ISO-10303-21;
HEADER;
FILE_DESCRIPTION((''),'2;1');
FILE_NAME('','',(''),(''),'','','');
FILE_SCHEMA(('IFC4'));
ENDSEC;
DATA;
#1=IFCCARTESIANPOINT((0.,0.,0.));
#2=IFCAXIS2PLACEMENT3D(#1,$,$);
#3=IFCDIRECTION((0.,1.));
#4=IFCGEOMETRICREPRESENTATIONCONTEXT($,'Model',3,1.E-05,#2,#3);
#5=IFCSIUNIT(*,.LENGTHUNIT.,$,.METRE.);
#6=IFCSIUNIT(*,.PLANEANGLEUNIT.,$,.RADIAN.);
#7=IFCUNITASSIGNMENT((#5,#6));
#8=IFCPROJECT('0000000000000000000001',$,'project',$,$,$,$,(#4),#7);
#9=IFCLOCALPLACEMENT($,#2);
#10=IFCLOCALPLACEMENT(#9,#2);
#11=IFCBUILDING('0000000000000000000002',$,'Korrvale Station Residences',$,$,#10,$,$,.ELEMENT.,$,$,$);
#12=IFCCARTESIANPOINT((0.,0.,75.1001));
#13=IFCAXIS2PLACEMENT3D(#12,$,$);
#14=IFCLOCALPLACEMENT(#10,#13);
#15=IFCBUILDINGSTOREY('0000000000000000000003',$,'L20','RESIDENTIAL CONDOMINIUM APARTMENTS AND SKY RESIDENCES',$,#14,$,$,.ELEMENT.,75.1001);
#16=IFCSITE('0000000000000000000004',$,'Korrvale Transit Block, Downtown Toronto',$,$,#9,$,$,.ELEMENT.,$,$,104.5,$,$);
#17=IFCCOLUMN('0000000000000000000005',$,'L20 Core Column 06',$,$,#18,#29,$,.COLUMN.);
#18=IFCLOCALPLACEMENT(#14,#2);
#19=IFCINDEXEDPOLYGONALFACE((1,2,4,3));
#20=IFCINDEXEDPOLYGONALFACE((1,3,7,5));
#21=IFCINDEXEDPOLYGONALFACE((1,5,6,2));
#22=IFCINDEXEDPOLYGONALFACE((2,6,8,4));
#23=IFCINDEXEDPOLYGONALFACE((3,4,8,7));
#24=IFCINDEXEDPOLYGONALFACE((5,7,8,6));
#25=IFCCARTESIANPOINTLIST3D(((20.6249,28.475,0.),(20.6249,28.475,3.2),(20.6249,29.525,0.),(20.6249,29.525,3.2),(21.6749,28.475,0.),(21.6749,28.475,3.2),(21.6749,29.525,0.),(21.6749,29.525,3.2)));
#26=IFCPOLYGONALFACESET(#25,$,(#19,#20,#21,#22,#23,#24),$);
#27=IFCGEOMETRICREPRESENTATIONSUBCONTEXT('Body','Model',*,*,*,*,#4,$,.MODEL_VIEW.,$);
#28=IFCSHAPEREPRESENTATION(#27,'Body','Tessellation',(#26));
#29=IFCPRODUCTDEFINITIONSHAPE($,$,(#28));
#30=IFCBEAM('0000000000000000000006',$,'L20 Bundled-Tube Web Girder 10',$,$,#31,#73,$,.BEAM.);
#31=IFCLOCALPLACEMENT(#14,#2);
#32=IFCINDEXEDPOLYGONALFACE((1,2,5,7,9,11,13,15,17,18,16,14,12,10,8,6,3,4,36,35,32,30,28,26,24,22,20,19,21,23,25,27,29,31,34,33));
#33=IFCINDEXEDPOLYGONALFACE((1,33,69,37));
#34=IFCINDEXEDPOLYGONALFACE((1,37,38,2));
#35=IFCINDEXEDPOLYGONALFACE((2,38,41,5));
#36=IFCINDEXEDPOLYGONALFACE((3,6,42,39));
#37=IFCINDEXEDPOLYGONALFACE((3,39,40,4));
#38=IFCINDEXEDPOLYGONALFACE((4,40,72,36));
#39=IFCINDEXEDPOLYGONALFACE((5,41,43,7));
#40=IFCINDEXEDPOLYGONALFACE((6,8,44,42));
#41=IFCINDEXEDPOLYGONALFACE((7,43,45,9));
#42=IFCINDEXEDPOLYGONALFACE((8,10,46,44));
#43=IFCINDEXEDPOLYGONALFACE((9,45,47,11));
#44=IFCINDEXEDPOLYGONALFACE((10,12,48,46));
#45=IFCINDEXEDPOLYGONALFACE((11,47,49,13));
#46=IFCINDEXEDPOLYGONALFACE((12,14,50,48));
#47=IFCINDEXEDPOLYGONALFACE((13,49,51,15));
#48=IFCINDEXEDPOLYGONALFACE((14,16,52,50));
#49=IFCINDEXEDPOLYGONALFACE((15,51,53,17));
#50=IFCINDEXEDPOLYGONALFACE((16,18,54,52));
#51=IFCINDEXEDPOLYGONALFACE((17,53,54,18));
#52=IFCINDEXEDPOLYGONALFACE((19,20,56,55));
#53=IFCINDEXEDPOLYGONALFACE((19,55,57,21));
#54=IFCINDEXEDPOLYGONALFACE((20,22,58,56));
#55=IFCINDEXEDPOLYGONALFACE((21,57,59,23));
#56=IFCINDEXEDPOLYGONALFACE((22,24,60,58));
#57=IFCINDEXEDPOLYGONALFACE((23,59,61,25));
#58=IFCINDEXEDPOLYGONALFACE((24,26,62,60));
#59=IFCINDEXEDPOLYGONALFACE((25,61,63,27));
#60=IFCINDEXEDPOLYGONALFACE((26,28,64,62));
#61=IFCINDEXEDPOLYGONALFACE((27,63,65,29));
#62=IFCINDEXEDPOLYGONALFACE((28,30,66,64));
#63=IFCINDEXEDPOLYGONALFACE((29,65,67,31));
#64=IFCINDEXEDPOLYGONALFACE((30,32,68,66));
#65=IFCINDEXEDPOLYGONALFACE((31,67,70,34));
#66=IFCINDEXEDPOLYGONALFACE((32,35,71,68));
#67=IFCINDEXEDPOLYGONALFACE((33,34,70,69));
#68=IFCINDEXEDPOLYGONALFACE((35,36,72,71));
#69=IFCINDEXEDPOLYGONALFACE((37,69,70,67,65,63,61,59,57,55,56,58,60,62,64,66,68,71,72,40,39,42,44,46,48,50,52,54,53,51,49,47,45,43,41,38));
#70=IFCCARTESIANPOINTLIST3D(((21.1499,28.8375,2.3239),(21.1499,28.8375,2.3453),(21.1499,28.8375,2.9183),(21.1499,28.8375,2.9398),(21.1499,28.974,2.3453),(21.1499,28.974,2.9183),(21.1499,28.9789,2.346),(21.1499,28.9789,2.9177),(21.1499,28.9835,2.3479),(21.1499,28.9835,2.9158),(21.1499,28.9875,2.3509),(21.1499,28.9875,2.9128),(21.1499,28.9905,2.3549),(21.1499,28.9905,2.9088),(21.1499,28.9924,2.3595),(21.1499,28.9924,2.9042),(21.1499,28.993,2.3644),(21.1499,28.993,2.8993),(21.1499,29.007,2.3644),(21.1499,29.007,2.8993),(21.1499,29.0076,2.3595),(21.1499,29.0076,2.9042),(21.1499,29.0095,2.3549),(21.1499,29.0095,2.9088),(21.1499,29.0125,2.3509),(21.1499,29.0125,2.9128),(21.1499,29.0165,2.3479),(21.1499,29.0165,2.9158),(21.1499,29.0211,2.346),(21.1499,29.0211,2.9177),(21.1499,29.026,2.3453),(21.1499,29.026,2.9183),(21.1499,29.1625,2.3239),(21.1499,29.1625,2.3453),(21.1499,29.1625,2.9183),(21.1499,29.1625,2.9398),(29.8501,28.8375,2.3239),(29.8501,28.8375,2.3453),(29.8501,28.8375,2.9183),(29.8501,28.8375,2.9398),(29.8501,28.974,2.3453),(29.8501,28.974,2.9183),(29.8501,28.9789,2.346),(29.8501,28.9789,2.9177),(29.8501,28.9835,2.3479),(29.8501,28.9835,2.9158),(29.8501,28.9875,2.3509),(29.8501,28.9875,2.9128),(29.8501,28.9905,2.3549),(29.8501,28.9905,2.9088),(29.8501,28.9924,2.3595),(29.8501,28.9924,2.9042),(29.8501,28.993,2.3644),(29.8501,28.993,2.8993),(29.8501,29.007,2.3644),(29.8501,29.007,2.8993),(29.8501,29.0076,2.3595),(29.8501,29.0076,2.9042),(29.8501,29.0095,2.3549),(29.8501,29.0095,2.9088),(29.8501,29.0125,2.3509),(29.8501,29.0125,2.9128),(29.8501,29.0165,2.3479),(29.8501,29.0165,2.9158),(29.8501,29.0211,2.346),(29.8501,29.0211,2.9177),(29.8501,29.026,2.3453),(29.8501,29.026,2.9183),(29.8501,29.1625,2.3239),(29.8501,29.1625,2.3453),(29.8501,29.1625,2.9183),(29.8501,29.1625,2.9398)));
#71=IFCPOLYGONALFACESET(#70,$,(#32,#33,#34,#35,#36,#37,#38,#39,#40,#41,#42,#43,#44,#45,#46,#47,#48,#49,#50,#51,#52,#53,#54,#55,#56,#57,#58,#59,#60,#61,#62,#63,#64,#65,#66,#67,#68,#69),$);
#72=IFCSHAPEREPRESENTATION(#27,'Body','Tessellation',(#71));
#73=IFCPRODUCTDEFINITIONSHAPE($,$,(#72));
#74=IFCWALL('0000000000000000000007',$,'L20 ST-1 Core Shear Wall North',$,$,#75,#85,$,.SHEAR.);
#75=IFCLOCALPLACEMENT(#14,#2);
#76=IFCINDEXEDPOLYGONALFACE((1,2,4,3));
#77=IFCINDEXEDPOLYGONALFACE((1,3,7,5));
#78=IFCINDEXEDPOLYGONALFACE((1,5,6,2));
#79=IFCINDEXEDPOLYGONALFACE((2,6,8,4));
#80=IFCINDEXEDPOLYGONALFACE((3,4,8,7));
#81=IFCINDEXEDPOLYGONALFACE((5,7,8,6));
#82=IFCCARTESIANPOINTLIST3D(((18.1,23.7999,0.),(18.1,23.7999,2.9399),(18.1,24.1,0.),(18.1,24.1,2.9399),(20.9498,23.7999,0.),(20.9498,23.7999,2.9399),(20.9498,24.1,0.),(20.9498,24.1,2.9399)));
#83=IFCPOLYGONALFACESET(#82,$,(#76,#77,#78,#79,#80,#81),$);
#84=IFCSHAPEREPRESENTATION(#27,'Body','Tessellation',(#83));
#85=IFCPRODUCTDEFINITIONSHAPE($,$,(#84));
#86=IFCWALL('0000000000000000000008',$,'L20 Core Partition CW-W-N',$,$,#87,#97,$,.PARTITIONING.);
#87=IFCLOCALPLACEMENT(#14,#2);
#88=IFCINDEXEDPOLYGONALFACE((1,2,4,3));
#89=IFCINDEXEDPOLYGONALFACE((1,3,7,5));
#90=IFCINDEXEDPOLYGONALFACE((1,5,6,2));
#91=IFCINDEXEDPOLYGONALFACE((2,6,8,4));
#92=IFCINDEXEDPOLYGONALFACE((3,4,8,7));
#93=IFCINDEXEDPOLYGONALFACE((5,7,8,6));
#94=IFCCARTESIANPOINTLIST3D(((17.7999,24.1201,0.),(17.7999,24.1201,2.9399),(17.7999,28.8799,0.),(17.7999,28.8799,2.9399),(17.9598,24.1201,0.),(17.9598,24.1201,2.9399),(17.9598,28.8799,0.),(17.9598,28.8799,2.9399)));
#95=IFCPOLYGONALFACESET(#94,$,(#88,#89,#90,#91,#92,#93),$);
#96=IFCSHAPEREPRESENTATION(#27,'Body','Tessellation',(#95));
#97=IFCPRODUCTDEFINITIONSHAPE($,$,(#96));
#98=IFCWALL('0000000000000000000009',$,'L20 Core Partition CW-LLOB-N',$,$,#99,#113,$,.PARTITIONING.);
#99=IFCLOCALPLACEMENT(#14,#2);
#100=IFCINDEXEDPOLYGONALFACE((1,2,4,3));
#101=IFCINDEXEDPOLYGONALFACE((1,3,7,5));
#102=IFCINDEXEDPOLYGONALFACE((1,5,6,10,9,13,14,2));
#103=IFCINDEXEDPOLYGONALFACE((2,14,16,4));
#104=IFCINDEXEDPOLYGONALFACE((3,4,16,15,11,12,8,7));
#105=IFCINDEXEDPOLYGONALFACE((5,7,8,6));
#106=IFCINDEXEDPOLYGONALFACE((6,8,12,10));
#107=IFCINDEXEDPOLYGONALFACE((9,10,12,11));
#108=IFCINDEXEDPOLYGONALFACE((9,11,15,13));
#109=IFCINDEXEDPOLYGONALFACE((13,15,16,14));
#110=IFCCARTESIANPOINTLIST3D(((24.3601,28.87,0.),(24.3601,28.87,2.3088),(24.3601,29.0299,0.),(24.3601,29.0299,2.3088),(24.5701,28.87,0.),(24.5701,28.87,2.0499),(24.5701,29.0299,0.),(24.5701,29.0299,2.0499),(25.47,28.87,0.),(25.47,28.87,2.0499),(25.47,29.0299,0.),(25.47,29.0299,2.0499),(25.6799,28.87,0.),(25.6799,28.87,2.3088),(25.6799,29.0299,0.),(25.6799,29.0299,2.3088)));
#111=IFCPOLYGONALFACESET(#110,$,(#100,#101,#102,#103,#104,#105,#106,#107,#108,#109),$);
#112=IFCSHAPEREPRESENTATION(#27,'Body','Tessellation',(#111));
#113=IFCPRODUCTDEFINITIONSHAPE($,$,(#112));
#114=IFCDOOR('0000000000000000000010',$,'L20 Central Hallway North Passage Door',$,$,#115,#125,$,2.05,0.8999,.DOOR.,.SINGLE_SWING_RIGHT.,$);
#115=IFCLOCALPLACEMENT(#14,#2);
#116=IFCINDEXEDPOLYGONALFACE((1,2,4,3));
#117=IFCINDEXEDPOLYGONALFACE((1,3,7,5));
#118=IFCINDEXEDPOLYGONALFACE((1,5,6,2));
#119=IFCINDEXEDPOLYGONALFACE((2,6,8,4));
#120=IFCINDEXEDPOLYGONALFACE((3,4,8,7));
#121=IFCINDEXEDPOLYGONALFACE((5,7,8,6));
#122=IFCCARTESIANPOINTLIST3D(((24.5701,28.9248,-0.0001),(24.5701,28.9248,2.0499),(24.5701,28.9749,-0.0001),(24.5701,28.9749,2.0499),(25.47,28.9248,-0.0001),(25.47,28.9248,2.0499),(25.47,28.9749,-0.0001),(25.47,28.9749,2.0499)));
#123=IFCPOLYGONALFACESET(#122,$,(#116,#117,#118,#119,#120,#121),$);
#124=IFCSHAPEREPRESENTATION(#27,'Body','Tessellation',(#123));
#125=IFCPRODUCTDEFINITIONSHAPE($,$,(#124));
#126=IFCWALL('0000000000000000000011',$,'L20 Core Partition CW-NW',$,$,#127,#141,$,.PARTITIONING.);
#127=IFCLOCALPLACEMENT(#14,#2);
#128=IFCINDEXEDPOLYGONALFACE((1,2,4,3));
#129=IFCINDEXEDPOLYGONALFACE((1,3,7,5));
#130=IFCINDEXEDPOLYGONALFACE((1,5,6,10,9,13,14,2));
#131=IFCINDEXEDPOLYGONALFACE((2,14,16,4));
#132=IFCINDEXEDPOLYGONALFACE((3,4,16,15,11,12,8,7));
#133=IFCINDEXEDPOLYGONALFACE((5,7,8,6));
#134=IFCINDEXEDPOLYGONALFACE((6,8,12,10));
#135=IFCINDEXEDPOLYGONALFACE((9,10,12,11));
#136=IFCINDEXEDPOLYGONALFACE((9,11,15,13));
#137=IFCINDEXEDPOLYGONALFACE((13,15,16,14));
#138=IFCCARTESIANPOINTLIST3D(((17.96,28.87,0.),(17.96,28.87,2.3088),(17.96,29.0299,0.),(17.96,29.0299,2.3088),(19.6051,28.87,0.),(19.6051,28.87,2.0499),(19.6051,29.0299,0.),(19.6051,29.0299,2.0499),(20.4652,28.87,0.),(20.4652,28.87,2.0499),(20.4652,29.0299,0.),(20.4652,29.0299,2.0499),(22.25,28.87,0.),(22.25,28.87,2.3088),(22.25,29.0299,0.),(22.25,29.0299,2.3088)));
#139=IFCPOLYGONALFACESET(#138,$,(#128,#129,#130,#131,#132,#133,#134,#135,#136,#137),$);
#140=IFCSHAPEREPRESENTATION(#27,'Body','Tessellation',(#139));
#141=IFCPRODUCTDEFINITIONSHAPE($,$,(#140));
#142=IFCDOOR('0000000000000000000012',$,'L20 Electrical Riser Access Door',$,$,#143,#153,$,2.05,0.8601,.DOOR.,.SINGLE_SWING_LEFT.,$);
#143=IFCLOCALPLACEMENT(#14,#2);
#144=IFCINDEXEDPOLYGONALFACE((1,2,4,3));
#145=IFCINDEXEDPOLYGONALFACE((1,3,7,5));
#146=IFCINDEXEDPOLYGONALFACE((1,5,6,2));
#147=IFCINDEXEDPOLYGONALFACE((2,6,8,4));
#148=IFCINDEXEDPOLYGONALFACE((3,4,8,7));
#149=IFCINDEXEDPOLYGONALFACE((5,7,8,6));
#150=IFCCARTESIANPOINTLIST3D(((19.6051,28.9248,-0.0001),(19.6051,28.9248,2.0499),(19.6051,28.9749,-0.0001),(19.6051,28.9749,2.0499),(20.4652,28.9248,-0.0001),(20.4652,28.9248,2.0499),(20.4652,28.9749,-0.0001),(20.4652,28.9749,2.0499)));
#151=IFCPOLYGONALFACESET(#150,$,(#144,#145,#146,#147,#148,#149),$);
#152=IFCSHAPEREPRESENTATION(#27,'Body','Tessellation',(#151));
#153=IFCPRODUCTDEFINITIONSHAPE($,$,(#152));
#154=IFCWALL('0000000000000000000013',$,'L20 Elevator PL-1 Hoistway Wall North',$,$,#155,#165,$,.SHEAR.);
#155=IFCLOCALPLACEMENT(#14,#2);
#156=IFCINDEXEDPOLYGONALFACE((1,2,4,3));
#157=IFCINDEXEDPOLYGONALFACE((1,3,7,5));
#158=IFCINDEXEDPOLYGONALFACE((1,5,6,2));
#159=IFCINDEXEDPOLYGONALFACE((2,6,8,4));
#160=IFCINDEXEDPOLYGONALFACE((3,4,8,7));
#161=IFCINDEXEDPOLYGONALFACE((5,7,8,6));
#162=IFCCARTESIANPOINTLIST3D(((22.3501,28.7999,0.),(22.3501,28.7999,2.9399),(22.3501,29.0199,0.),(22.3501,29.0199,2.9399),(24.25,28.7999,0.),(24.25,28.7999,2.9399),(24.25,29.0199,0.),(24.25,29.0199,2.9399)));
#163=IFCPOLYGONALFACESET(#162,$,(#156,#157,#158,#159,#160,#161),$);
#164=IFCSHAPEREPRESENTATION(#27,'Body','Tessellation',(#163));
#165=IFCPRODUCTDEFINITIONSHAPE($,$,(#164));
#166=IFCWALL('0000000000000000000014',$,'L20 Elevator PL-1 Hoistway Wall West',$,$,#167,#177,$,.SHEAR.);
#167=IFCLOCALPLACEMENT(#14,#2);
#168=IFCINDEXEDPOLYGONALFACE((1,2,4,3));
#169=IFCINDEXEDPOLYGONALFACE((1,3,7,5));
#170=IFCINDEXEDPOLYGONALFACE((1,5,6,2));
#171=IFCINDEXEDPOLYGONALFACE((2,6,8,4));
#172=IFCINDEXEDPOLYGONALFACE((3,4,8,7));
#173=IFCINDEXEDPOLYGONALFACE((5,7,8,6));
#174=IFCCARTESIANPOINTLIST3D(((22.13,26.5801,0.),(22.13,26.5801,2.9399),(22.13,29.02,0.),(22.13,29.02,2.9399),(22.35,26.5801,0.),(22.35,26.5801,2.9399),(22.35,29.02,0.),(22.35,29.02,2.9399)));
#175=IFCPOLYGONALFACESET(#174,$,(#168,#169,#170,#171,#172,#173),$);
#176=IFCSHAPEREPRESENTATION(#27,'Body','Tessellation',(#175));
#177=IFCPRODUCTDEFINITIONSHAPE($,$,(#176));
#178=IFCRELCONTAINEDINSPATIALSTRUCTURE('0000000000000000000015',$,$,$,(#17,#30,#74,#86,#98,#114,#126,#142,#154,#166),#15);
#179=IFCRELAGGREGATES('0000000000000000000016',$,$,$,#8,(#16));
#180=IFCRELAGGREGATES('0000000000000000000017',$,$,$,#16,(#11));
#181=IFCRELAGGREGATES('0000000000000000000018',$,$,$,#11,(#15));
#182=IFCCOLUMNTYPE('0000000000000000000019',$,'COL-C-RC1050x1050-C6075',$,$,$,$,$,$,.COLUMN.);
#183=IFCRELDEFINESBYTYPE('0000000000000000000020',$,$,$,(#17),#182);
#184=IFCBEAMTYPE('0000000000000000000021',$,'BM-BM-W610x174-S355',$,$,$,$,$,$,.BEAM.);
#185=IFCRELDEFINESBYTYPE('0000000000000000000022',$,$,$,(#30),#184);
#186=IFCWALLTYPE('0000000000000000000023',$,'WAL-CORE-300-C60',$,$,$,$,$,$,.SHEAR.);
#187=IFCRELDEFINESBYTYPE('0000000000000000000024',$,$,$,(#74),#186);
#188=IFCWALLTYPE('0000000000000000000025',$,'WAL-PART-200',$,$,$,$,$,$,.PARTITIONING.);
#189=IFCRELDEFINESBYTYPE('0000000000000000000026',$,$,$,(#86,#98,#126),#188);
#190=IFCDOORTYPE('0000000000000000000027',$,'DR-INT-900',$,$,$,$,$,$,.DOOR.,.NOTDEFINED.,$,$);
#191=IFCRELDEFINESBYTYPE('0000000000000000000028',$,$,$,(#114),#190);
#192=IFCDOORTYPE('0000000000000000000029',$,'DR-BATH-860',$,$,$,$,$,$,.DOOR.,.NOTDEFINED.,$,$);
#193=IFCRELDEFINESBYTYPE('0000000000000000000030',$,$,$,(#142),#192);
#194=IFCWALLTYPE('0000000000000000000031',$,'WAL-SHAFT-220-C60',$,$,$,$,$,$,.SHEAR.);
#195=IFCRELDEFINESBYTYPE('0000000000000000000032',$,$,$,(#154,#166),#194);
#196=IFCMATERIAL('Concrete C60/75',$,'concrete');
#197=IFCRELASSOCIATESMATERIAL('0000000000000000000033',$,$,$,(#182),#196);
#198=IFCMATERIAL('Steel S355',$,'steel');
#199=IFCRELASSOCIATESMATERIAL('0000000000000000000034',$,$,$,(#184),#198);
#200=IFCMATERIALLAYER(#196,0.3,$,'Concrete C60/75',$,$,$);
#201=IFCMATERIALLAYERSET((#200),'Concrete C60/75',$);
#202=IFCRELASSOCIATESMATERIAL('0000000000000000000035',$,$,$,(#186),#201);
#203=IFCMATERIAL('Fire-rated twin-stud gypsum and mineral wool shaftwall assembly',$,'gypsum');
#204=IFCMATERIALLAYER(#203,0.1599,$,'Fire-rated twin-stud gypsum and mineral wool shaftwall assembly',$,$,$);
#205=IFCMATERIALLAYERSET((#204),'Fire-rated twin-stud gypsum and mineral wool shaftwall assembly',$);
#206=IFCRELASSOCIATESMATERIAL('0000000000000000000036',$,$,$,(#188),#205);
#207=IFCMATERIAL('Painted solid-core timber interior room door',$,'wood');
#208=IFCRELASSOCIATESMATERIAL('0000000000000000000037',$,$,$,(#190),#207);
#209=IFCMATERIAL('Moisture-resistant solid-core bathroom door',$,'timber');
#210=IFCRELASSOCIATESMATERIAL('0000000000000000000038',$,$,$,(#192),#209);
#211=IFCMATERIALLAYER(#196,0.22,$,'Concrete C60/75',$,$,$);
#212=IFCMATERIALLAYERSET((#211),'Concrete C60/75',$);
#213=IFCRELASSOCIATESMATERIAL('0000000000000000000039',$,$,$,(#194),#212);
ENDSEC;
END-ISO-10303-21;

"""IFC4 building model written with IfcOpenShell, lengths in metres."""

from ifc_helpers import new_model, si_unit, direction, frame, frame_2d, origin, origin_2d, place, context, subcontext, project, spatial, rectangle, i_section, extrude, material, layer, layer_set, material_profile, profile_set, type_object, element, fill, save


model = new_model("IFC4")

# Units and contexts
model_context = context("Model", 3, precision=1e-05, world=origin(), true_north=direction((0.0, 1.0)))
body_context = subcontext(model_context, "Body", "Model", "MODEL_VIEW")
ifc_project = project(units=[si_unit("LENGTHUNIT", "METRE"), si_unit("PLANEANGLEUNIT", "RADIAN")], contexts=[model_context])

# Site, building, storey
site_placement = place(None, origin())
site = spatial("IfcSite", under=ifc_project, at=site_placement, Name="Korrvale Transit Block, Downtown Toronto", CompositionType="ELEMENT", RefElevation=104.5)
building_placement = place(site_placement, origin())
building = spatial("IfcBuilding", under=site, at=building_placement, Name="Korrvale Station Residences", CompositionType="ELEMENT")
storey_placement = place(building_placement, frame((0.0, 0.0, 75.1001)))
storey = spatial("IfcBuildingStorey", under=building, at=storey_placement, Name="L20", Description="RESIDENTIAL CONDOMINIUM APARTMENTS AND SKY RESIDENCES", CompositionType="ELEMENT", Elevation=75.1001)

# Column
ifc_material_1 = material(Name="Concrete C60/75", Category="concrete")
ifc_material_profile_1 = material_profile(ifc_material_1, rectangle(XDim=1.05, YDim=1.05, at=origin_2d()), Name="RC1050x1050")
ifc_profile_set_1 = profile_set([ifc_material_profile_1], Name="Concrete C60/75")
column_type = type_object("IfcColumnType", Name="COL-C-RC1050x1050-C6075", PredefinedType="COLUMN", material=ifc_profile_set_1)
column_placement = place(storey_placement, frame((21.1499, 29.0, 0.0), z_axis=(0.0, 0.0, 1.0), x_axis=(1.0, 0.0, 0.0)))
element("IfcColumn", 1, at=column_placement, inside=storey, type_object=column_type, Name="L20 Core Column 06", PredefinedType="COLUMN", context=body_context, shape_type="SweptSolid", body=[
    extrude(rectangle(XDim=1.05, YDim=1.05, at=origin_2d()), origin(), (0.0, 0.0, 1.0), 3.2),
])

# Beam
ifc_material_2 = material(Name="Steel S355", Category="steel")
ifc_material_profile_2 = material_profile(ifc_material_2, i_section(OverallWidth=0.325, OverallDepth=0.616, WebThickness=0.0139, FlangeThickness=0.0215, FilletRadius=0.019, at=origin_2d()), Name="W610x174")
ifc_profile_set_2 = profile_set([ifc_material_profile_2], Name="Steel S355")
beam_type = type_object("IfcBeamType", Name="BM-BM-W610x174-S355", PredefinedType="BEAM", material=ifc_profile_set_2)
beam_placement = place(storey_placement, frame((21.1499, 29.0, 2.6318), z_axis=(1.0, 0.0, 0.0), x_axis=(0.0, 1.0, 0.0)))
element("IfcBeam", 2, at=beam_placement, inside=storey, type_object=beam_type, Name="L20 Bundled-Tube Web Girder 10", PredefinedType="BEAM", context=body_context, shape_type="SweptSolid", body=[
    extrude(i_section(OverallWidth=0.325, OverallDepth=0.616, WebThickness=0.0139, FlangeThickness=0.0215, FilletRadius=0.019, at=origin_2d()), origin(), (0.0, 0.0, 1.0), 8.7002),
])

# Walls
ifc_layer_1 = layer(ifc_material_1, 0.3, Name="Concrete C60/75")
ifc_layer_set_1 = layer_set([ifc_layer_1], Name="Concrete C60/75")
wall_type_1 = type_object("IfcWallType", Name="WAL-CORE-300-C60", PredefinedType="SHEAR", material=ifc_layer_set_1)
wall_1_placement = place(storey_placement, frame((18.1001, 23.95, 0.0), z_axis=(0.0, 0.0, 1.0), x_axis=(1.0, 0.0, 0.0)))
element("IfcWall", 3, at=wall_1_placement, inside=storey, type_object=wall_type_1, Name="L20 ST-1 Core Shear Wall North", PredefinedType="SHEAR", context=body_context, shape_type="SweptSolid", body=[
    extrude(rectangle(XDim=2.8499, YDim=0.3, at=frame_2d((1.4248, 0.0))), origin(), (0.0, 0.0, 1.0), 2.9399),
])
ifc_material_3 = material(Name="Fire-rated twin-stud gypsum and mineral wool shaftwall assembly", Category="gypsum")
ifc_layer_2 = layer(ifc_material_3, 0.1599, Name="Fire-rated twin-stud gypsum and mineral wool shaftwall assembly")
ifc_layer_set_2 = layer_set([ifc_layer_2], Name="Fire-rated twin-stud gypsum and mineral wool shaftwall assembly")
wall_type_2 = type_object("IfcWallType", Name="WAL-PART-200", PredefinedType="PARTITIONING", material=ifc_layer_set_2)
wall_2_placement = place(storey_placement, frame((17.8799, 24.1201, 0.0), z_axis=(0.0, 0.0, 1.0), x_axis=(0.0, 1.0, 0.0)))
element("IfcWall", 4, at=wall_2_placement, inside=storey, type_object=wall_type_2, Name="L20 Core Partition CW-W-N", PredefinedType="PARTITIONING", context=body_context, shape_type="SweptSolid", body=[
    extrude(rectangle(XDim=4.7598, YDim=0.1599, at=frame_2d((2.3799, 0.0))), origin(), (0.0, 0.0, 1.0), 2.9399),
])

# Walls, openings, doors
wall_3_placement = place(storey_placement, frame((24.3601, 28.95, 0.0), z_axis=(0.0, 0.0, 1.0), x_axis=(1.0, 0.0, 0.0)))
wall_3 = element("IfcWall", 5, at=wall_3_placement, inside=storey, type_object=wall_type_2, Name="L20 Core Partition CW-LLOB-N", PredefinedType="PARTITIONING", context=body_context, shape_type="SweptSolid", body=[
    extrude(rectangle(XDim=1.3198, YDim=0.1599, at=frame_2d((0.6599, 0.0))), origin(), (0.0, 0.0, 1.0), 2.3088),
])
opening_1_placement = place(wall_3_placement, frame((0.21, 0.0, 0.0)))
opening_1 = element("IfcOpeningElement", 6, at=opening_1_placement, cuts=wall_3, PredefinedType="OPENING", context=body_context, shape_type="SweptSolid", body=[
    extrude(rectangle(XDim=0.8999, YDim=2.05, at=frame_2d((0.45, 1.0249))), frame((0.0, 0.0898, 0.0), z_axis=(0.0, -1.0, 0.0), x_axis=(1.0, 0.0, 0.0)), (0.0, 0.0, 1.0), 0.1799),
])
ifc_material_4 = material(Name="Painted solid-core timber interior room door", Category="wood")
door_type_1 = type_object("IfcDoorType", Name="DR-INT-900", OperationType="NOTDEFINED", PredefinedType="DOOR", material=ifc_material_4)
door_1_placement = place(opening_1_placement, origin())
door_1 = element("IfcDoor", 7, at=door_1_placement, inside=storey, type_object=door_type_1, Name="L20 Central Hallway North Passage Door", OperationType="SINGLE_SWING_RIGHT", OverallHeight=2.05, OverallWidth=0.8999, PredefinedType="DOOR", context=body_context, shape_type="SweptSolid", body=[
    extrude(rectangle(XDim=0.8999, YDim=2.05, at=frame_2d((0.45, 1.0249))), frame((0.0, 0.0249, 0.0), z_axis=(0.0, -1.0, 0.0), x_axis=(1.0, 0.0, 0.0)), (0.0, 0.0, 1.0), 0.05),
])
fill(opening_1, door_1)
wall_4_placement = place(storey_placement, frame((17.96, 28.95, 0.0), z_axis=(0.0, 0.0, 1.0), x_axis=(1.0, 0.0, 0.0)))
wall_4 = element("IfcWall", 8, at=wall_4_placement, inside=storey, type_object=wall_type_2, Name="L20 Core Partition CW-NW", PredefinedType="PARTITIONING", context=body_context, shape_type="SweptSolid", body=[
    extrude(rectangle(XDim=4.29, YDim=0.1599, at=frame_2d((2.145, 0.0))), origin(), (0.0, 0.0, 1.0), 2.3088),
])
opening_2_placement = place(wall_4_placement, frame((1.645, 0.0, 0.0)))
opening_2 = element("IfcOpeningElement", 9, at=opening_2_placement, cuts=wall_4, PredefinedType="OPENING", context=body_context, shape_type="SweptSolid", body=[
    extrude(rectangle(XDim=0.8601, YDim=2.05, at=frame_2d((0.4302, 1.0249))), frame((0.0, 0.0898, 0.0), z_axis=(0.0, -1.0, 0.0), x_axis=(1.0, 0.0, 0.0)), (0.0, 0.0, 1.0), 0.1799),
])
ifc_material_5 = material(Name="Moisture-resistant solid-core bathroom door", Category="timber")
door_type_2 = type_object("IfcDoorType", Name="DR-BATH-860", OperationType="NOTDEFINED", PredefinedType="DOOR", material=ifc_material_5)
door_2_placement = place(opening_2_placement, origin())
door_2 = element("IfcDoor", 10, at=door_2_placement, inside=storey, type_object=door_type_2, Name="L20 Electrical Riser Access Door", OperationType="SINGLE_SWING_LEFT", OverallHeight=2.05, OverallWidth=0.8601, PredefinedType="DOOR", context=body_context, shape_type="SweptSolid", body=[
    extrude(rectangle(XDim=0.8601, YDim=2.05, at=frame_2d((0.4302, 1.0249))), frame((0.0, 0.0249, 0.0), z_axis=(0.0, -1.0, 0.0), x_axis=(1.0, 0.0, 0.0)), (0.0, 0.0, 1.0), 0.05),
])
fill(opening_2, door_2)
ifc_layer_3 = layer(ifc_material_1, 0.22, Name="Concrete C60/75")
ifc_layer_set_3 = layer_set([ifc_layer_3], Name="Concrete C60/75")
wall_type_3 = type_object("IfcWallType", Name="WAL-SHAFT-220-C60", PredefinedType="SHEAR", material=ifc_layer_set_3)

# Walls
wall_5_placement = place(storey_placement, frame((22.3501, 28.9099, 0.0), z_axis=(0.0, 0.0, 1.0), x_axis=(1.0, 0.0, 0.0)))
element("IfcWall", 11, at=wall_5_placement, inside=storey, type_object=wall_type_3, Name="L20 Elevator PL-1 Hoistway Wall North", PredefinedType="SHEAR", context=body_context, shape_type="SweptSolid", body=[
    extrude(rectangle(XDim=1.8999, YDim=0.22, at=frame_2d((0.95, 0.0))), origin(), (0.0, 0.0, 1.0), 2.9399),
])
for number, where, z_axis, x_axis, name in (
    (12, (22.24, 26.5801, 0.0), (0.0, 0.0, 1.0), (0.0, 1.0, 0.0), "L20 Elevator PL-1 Hoistway Wall West"),
):
    element("IfcWall", number, at=place(storey_placement, frame(where, z_axis=z_axis, x_axis=x_axis)), inside=storey, type_object=wall_type_3, Name=name, PredefinedType="SHEAR", context=body_context, shape_type="SweptSolid", body=[
        extrude(rectangle(XDim=2.4399, YDim=0.22, at=frame_2d((1.22, 0.0))), origin(), (0.0, 0.0, 1.0), 2.9399),
    ])

save(model, "model.ifc")
